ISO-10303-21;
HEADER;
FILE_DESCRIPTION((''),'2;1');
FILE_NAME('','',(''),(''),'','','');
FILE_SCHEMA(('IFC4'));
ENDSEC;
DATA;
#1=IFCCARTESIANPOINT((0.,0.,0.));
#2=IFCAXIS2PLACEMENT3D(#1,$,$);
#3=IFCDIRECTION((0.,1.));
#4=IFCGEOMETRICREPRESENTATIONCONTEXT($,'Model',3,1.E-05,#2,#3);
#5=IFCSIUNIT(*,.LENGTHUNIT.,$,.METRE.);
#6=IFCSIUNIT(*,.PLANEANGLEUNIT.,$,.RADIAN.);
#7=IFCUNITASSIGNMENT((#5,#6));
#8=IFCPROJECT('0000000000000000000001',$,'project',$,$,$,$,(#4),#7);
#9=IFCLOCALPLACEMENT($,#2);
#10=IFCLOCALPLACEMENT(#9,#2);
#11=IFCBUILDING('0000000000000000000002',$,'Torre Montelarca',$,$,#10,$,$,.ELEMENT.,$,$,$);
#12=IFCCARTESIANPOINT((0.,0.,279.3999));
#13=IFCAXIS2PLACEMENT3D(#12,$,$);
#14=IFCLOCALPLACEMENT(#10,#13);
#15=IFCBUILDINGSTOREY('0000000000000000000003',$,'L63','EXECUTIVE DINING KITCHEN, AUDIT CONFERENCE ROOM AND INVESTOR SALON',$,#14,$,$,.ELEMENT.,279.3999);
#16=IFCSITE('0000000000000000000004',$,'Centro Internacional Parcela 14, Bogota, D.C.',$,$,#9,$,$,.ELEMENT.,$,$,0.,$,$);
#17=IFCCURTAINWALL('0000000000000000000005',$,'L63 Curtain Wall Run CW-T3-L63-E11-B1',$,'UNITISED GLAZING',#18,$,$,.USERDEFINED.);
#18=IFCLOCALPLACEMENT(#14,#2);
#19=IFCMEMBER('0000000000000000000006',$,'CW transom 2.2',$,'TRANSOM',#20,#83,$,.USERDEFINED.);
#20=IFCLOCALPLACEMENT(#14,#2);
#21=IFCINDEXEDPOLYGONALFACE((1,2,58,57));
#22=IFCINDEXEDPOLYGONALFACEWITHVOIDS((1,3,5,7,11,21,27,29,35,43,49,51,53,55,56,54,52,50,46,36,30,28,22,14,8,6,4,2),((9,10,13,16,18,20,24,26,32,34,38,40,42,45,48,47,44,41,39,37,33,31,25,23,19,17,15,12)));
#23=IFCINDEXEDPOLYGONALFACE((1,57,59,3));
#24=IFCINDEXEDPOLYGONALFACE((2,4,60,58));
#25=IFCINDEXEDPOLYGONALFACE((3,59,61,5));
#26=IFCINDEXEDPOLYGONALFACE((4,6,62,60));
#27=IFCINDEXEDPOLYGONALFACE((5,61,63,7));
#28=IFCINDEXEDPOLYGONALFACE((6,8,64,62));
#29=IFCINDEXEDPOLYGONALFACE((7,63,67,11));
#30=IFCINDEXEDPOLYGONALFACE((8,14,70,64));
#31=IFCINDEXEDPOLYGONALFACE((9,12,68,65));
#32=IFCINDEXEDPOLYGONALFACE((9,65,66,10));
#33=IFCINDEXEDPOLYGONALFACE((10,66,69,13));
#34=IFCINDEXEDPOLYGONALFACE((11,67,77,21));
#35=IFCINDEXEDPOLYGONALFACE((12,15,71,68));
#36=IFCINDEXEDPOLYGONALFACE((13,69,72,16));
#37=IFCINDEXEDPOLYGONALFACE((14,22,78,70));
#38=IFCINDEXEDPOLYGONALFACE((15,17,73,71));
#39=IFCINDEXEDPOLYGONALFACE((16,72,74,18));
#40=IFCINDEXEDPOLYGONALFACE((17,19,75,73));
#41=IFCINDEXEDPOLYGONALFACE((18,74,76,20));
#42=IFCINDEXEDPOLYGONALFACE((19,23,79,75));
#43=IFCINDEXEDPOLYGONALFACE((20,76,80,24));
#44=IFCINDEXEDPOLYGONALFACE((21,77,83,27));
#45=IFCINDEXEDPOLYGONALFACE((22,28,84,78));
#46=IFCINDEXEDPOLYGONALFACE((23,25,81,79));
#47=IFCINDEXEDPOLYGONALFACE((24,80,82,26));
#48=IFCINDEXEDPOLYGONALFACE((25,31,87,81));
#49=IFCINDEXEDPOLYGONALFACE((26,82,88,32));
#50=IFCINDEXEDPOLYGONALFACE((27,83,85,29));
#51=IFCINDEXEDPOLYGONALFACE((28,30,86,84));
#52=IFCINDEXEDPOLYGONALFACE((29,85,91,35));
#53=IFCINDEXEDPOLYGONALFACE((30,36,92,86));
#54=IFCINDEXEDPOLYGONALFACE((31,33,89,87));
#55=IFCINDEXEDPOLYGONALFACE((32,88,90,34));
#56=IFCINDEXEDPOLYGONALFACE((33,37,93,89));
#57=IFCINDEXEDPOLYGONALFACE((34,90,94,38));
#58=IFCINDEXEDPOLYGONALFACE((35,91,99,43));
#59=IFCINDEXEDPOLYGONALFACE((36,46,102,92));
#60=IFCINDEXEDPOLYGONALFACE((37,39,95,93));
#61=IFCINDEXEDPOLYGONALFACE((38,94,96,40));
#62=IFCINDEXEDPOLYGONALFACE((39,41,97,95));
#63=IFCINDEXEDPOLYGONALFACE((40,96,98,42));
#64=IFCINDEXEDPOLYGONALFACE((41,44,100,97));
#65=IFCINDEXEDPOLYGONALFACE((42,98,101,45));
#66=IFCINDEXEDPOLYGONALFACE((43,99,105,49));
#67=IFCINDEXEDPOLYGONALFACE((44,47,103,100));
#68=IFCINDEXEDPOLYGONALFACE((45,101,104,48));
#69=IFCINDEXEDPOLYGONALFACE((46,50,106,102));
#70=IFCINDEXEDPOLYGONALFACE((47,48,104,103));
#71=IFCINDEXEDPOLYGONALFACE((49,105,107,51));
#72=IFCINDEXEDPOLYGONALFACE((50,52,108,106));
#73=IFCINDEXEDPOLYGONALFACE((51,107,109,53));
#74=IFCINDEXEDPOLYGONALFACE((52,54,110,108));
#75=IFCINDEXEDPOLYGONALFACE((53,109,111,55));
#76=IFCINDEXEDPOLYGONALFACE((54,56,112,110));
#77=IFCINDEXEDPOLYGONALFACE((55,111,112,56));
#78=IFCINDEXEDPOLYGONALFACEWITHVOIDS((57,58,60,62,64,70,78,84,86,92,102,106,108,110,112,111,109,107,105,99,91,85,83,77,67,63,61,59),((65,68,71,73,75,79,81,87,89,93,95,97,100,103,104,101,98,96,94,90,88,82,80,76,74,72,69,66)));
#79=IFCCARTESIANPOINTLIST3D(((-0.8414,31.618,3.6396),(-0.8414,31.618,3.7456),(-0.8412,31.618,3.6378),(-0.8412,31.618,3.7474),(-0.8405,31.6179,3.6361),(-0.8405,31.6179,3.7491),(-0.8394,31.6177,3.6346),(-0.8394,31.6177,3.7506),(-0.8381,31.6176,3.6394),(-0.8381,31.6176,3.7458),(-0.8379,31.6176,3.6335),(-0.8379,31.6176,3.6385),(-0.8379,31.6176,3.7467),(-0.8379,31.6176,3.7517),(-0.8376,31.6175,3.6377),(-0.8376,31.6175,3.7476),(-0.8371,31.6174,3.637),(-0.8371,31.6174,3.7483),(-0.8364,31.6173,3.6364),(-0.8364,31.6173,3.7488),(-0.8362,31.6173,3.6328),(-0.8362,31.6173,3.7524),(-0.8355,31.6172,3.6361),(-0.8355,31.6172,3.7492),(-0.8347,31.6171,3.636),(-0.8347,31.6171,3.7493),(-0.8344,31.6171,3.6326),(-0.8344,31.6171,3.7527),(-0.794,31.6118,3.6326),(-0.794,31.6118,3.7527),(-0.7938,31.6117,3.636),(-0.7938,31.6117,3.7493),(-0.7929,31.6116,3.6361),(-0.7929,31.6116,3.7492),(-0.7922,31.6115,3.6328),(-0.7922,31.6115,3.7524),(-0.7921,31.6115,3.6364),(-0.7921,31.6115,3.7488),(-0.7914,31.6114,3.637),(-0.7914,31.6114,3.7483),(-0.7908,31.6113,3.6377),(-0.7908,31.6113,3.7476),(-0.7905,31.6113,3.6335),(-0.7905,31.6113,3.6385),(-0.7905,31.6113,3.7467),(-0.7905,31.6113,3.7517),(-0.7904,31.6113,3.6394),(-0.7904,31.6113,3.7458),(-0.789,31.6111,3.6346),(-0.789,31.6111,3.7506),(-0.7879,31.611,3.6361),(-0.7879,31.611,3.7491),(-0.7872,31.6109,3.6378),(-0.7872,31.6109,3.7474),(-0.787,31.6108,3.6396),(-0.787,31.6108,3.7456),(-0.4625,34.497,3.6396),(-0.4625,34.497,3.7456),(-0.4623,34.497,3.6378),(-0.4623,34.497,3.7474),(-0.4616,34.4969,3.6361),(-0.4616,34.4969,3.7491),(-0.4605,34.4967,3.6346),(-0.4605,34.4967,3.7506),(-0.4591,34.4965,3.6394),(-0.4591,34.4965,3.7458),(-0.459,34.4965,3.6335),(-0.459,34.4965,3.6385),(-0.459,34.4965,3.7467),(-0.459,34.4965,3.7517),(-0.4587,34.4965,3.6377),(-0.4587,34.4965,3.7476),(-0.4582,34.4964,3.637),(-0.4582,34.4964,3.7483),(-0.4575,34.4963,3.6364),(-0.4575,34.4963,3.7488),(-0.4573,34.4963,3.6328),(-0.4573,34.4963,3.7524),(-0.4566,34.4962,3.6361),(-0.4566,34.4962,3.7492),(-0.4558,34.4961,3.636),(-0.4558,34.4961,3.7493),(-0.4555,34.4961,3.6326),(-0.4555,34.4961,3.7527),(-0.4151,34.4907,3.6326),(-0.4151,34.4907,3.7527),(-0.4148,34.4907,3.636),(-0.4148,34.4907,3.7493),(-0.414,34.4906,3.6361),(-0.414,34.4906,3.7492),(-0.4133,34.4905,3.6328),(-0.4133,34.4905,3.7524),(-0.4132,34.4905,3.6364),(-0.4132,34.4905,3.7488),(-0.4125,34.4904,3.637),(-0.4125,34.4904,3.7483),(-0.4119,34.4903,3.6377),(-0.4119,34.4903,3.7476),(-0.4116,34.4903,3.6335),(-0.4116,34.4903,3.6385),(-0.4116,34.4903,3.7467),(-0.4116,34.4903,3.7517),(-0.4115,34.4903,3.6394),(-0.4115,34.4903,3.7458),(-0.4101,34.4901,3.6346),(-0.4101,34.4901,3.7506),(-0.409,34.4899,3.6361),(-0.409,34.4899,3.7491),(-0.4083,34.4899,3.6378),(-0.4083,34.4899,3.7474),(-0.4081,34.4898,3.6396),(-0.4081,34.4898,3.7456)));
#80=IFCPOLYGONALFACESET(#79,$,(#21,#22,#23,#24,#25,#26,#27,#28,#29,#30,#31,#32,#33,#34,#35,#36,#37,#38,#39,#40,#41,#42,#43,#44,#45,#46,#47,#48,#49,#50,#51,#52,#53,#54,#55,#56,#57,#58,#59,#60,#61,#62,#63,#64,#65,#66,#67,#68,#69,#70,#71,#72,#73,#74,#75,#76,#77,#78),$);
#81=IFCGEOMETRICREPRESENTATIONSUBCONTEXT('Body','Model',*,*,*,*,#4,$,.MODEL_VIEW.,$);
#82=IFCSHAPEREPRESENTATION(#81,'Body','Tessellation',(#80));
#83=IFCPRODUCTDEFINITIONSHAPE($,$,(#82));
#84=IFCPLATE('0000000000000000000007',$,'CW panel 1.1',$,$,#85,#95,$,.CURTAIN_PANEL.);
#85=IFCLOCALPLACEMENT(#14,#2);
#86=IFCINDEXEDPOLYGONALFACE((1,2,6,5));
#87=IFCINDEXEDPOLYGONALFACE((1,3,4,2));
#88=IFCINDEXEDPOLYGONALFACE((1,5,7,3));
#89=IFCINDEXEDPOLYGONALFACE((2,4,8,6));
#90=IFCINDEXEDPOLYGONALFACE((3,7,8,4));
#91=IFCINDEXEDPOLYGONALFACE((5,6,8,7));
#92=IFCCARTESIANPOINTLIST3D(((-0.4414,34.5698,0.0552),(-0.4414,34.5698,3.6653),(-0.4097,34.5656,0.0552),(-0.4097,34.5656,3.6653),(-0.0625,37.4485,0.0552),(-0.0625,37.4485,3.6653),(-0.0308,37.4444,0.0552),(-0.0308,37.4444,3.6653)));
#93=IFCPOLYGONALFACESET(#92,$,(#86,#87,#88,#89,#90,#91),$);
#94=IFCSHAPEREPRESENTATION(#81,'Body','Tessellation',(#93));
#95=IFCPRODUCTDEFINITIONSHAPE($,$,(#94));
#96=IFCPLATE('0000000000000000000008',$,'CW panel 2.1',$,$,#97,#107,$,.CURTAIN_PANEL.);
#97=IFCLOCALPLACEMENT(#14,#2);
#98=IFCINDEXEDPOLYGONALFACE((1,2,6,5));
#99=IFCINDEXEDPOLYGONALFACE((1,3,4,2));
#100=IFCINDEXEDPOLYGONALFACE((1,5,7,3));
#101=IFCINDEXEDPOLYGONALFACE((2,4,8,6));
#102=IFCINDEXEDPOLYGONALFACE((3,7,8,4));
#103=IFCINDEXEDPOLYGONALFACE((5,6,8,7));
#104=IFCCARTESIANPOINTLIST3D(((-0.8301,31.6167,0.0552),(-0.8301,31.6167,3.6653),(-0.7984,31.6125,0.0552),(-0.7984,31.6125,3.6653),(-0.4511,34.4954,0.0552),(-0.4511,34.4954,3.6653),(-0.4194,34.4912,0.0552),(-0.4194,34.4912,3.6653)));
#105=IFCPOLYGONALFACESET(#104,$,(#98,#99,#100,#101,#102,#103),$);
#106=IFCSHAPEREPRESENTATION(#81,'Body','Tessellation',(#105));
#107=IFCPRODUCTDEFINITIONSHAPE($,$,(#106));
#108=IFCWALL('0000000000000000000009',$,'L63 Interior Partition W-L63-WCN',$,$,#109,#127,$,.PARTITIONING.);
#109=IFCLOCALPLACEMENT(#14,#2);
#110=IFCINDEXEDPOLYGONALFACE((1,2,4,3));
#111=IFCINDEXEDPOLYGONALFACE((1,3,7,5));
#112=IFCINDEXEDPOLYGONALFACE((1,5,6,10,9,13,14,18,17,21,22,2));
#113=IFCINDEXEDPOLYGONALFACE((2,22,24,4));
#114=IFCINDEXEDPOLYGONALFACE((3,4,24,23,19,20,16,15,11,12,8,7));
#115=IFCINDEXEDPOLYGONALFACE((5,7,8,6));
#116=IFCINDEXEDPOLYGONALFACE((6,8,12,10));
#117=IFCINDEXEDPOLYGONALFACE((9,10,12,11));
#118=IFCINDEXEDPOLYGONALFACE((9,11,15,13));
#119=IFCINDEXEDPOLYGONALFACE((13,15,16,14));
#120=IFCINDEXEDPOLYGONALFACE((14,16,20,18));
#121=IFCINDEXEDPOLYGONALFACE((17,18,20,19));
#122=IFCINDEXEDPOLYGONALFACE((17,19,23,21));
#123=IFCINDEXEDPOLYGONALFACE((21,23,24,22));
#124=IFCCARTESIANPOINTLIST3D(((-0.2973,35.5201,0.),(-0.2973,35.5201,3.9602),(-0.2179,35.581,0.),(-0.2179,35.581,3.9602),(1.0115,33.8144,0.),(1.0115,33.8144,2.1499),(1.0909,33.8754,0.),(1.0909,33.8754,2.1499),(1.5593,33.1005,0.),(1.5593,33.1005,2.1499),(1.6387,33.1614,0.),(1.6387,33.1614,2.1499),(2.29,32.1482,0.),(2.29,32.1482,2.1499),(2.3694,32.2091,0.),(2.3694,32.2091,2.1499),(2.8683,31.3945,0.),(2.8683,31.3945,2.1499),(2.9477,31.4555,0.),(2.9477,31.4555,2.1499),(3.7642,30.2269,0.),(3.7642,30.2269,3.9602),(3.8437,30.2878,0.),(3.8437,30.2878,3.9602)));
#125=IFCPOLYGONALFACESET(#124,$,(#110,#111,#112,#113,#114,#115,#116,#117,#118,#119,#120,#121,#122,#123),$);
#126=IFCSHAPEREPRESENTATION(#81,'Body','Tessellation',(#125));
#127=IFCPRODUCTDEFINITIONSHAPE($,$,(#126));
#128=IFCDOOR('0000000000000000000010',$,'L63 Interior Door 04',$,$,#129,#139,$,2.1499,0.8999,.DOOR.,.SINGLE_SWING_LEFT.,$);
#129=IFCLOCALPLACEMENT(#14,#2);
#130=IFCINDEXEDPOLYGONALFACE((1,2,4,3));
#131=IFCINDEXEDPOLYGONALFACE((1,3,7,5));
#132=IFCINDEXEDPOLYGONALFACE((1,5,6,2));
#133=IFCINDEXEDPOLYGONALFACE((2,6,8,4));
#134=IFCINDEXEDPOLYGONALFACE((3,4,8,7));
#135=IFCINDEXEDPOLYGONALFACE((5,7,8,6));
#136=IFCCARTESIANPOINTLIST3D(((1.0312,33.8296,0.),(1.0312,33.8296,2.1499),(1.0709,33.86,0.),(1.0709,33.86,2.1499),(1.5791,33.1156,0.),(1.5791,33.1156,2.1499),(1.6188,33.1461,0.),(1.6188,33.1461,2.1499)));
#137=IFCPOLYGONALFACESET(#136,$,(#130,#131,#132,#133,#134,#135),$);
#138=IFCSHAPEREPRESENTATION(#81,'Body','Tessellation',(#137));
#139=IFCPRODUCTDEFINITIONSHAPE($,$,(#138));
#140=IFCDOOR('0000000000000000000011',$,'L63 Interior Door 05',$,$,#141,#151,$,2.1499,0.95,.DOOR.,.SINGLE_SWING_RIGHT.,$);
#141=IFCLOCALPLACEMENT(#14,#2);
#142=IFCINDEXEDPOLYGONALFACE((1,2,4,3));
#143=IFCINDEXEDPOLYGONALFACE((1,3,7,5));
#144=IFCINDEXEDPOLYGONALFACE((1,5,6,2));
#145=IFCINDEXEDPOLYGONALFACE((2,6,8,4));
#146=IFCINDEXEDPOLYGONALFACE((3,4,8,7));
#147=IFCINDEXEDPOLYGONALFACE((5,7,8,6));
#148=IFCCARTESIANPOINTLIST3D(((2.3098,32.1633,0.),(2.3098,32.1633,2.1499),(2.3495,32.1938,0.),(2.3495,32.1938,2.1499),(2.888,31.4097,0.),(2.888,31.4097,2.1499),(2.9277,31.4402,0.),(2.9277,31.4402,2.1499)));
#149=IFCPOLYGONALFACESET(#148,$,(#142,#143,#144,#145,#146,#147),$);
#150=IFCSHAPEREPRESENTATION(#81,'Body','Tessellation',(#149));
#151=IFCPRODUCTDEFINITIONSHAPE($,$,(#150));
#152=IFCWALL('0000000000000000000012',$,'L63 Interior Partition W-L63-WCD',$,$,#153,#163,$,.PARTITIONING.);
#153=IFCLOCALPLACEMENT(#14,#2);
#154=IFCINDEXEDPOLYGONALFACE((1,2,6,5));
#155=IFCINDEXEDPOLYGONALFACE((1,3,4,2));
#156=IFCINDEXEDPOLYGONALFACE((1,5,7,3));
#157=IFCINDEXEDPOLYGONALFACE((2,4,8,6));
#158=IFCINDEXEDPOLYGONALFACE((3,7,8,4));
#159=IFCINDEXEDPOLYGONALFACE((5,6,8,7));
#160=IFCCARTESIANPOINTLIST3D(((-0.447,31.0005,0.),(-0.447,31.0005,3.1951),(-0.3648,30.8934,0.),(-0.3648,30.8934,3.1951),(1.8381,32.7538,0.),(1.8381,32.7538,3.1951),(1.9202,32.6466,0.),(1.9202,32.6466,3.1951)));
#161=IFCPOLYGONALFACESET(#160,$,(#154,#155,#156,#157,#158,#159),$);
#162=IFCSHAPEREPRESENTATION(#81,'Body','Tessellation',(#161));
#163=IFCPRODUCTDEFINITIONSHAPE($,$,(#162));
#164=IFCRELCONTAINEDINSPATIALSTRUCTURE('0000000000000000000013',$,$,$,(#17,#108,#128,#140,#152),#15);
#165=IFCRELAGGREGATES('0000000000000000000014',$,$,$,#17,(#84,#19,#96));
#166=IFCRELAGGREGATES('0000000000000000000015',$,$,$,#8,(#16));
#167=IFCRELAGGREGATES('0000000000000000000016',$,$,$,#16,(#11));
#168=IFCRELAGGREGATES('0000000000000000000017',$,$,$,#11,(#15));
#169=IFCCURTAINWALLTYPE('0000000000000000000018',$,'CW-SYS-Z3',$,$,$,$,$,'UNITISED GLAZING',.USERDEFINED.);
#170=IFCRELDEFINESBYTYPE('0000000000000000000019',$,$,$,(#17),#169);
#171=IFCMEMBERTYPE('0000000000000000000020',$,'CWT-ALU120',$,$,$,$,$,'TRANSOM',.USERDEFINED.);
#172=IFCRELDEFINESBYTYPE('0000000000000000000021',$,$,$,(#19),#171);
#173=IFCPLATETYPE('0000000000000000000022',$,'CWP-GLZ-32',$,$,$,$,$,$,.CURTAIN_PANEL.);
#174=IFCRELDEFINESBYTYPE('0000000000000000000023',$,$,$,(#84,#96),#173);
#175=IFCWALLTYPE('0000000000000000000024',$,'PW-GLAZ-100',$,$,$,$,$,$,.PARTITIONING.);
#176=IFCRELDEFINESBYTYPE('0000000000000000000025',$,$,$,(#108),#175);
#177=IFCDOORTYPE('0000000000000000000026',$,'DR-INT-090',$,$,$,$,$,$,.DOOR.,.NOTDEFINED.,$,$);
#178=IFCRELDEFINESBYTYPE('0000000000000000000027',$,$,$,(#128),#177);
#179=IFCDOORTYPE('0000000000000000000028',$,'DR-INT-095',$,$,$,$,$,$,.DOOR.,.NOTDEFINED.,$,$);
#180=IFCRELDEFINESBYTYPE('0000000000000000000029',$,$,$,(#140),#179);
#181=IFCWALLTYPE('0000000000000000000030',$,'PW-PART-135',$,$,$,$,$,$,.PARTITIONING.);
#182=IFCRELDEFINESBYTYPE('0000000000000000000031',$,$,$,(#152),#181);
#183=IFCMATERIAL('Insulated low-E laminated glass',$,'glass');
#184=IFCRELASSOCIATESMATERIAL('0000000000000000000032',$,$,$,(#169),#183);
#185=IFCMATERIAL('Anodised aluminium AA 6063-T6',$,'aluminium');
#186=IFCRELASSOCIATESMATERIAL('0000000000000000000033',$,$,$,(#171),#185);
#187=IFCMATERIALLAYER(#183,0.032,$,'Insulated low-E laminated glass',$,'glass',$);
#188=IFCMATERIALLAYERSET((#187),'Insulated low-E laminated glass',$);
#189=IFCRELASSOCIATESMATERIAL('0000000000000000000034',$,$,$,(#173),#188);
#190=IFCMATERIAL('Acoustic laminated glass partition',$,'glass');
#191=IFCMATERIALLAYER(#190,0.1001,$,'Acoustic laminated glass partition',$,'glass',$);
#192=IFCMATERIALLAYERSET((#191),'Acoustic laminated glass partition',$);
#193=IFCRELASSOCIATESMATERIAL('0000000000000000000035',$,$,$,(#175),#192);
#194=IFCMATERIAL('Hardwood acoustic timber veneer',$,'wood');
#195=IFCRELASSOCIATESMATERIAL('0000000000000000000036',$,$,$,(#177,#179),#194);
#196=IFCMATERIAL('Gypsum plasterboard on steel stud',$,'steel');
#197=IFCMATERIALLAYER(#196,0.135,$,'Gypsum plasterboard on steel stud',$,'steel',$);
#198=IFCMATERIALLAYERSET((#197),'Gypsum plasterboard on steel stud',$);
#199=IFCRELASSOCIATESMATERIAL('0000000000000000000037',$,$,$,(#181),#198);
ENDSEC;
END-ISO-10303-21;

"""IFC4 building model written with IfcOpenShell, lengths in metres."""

from ifc_helpers import new_model, si_unit, direction, frame, frame_2d, origin, origin_2d, place, context, subcontext, project, spatial, rectangle, hollow_rectangle, extrude, source, transform, mapped, material, layer, layer_set, material_profile, profile_set, type_object, element, fill, aggregate, save


model = new_model("IFC4")

# Units and contexts
model_context = context("Model", 3, precision=1e-05, world=origin(), true_north=direction((0.0, 1.0)))
body_context = subcontext(model_context, "Body", "Model", "MODEL_VIEW")
ifc_project = project(units=[si_unit("LENGTHUNIT", "METRE"), si_unit("PLANEANGLEUNIT", "RADIAN")], contexts=[model_context])

# Site, building, storey
site_placement = place(None, origin())
site = spatial("IfcSite", under=ifc_project, at=site_placement, Name="Centro Internacional Parcela 14, Bogota, D.C.", CompositionType="ELEMENT", RefElevation=0.0)
building_placement = place(site_placement, origin())
building = spatial("IfcBuilding", under=site, at=building_placement, Name="Torre Montelarca", CompositionType="ELEMENT")
storey_placement = place(building_placement, frame((0.0, 0.0, 279.3999)))
storey = spatial("IfcBuildingStorey", under=building, at=storey_placement, Name="L63", Description="EXECUTIVE DINING KITCHEN, AUDIT CONFERENCE ROOM AND INVESTOR SALON", CompositionType="ELEMENT", Elevation=279.3999)

# Shared definitions
ifc_material_1 = material(Name="Insulated low-E laminated glass", Category="glass")
curtain_wall_type = type_object("IfcCurtainWallType", Name="CW-SYS-Z3", ElementType="UNITISED GLAZING", PredefinedType="USERDEFINED", material=ifc_material_1)
ifc_material_2 = material(Name="Anodised aluminium AA 6063-T6", Category="aluminium")

# Curtain wall, member, plates
curtain_wall_1_placement = place(storey_placement, origin())
curtain_wall_1 = element("IfcCurtainWall", 1, at=curtain_wall_1_placement, inside=storey, type_object=curtain_wall_type, Name="L63 Curtain Wall Run CW-T3-L63-E11-B1", ObjectType="UNITISED GLAZING", PredefinedType="USERDEFINED")
ifc_material_profile_1 = material_profile(ifc_material_2, hollow_rectangle(XDim=0.0549, YDim=0.1201, WallThickness=0.0034, InnerFilletRadius=0.0034, OuterFilletRadius=0.0071, at=origin_2d()), Name="ALU55X120X3.5", Category="aluminium")
ifc_profile_set_1 = profile_set([ifc_material_profile_1], Name="Anodised aluminium AA 6063-T6")
member_type_1 = type_object("IfcMemberType", Name="CWT-ALU120", ElementType="TRANSOM", PredefinedType="USERDEFINED", material=ifc_profile_set_1)
shared_shape_1 = source(origin(), body_context, "Body", "SweptSolid", [
    extrude(hollow_rectangle(XDim=0.0549, YDim=0.1201, WallThickness=0.0034, InnerFilletRadius=0.0034, OuterFilletRadius=0.0071, at=origin_2d()), origin(), (0.0, 0.0, 1.0), 2.9038),
])
member_1_placement = place(storey_placement, frame((-0.4353, 34.4934, 3.6926), z_axis=(-0.130489, -0.99145, 0.0), x_axis=(0.99145, -0.130489, 0.0)))
member_1 = element("IfcMember", 2, at=member_1_placement, type_object=member_type_1, Name="CW transom 2.2", ObjectType="TRANSOM", PredefinedType="USERDEFINED", context=body_context, shape_type="MappedRepresentation", body=[
    mapped(shared_shape_1, transform((0.0, 0.0, 0.0), scale=1.0)),
])
ifc_layer_1 = layer(ifc_material_1, 0.032, Name="Insulated low-E laminated glass", Category="glass")
ifc_layer_set_1 = layer_set([ifc_layer_1], Name="Insulated low-E laminated glass")
plate_type = type_object("IfcPlateType", Name="CWP-GLZ-32", PredefinedType="CURTAIN_PANEL", material=ifc_layer_set_1)
shared_shape_2 = source(origin(), body_context, "Body", "SweptSolid", [
    extrude(rectangle(XDim=2.9036, YDim=0.032, at=origin_2d()), origin(), (0.0, 0.0, 1.0), 3.6101),
])
plate_1_placement = place(storey_placement, frame((-0.2361, 36.0071, 0.0552), z_axis=(0.0, 0.0, 1.0), x_axis=(-0.130514, -0.991446, 0.0)))
plate_1 = element("IfcPlate", 3, at=plate_1_placement, type_object=plate_type, Name="CW panel 1.1", PredefinedType="CURTAIN_PANEL", context=body_context, shape_type="MappedRepresentation", body=[
    mapped(shared_shape_2, transform((0.0, 0.0, 0.0), scale=1.0)),
])
plate_2_placement = place(storey_placement, frame((-0.6248, 33.054, 0.0552), z_axis=(0.0, 0.0, 1.0), x_axis=(-0.130514, -0.991446, 0.0)))
plate_2 = element("IfcPlate", 4, at=plate_2_placement, type_object=plate_type, Name="CW panel 2.1", PredefinedType="CURTAIN_PANEL", context=body_context, shape_type="MappedRepresentation", body=[
    mapped(shared_shape_2, transform((0.0, 0.0, 0.0), scale=1.0)),
])
aggregate(curtain_wall_1, [plate_1, member_1, plate_2])

# Wall, openings, doors
ifc_material_3 = material(Name="Acoustic laminated glass partition", Category="glass")
ifc_layer_2 = layer(ifc_material_3, 0.1001, Name="Acoustic laminated glass partition", Category="glass")
ifc_layer_set_2 = layer_set([ifc_layer_2], Name="Acoustic laminated glass partition")
wall_type_1 = type_object("IfcWallType", Name="PW-GLAZ-100", PredefinedType="PARTITIONING", material=ifc_layer_set_2)
wall_1_placement = place(storey_placement, frame((-0.2576, 35.5505, 0.0), z_axis=(0.0, 0.0, 1.0), x_axis=(0.608752, -0.793361, 0.0)))
wall_1 = element("IfcWall", 5, at=wall_1_placement, inside=storey, type_object=wall_type_1, Name="L63 Interior Partition W-L63-WCN", PredefinedType="PARTITIONING", context=body_context, shape_type="SweptSolid", body=[
    extrude(rectangle(XDim=6.6719, YDim=0.1001, at=frame_2d((3.3359, 0.0))), origin(), (0.0, 0.0, 1.0), 3.9602),
])
opening_1_placement = place(wall_1_placement, frame((2.1499, 0.0, 0.0)))
opening_1 = element("IfcOpeningElement", 6, at=opening_1_placement, cuts=wall_1, PredefinedType="OPENING", context=body_context, shape_type="SweptSolid", body=[
    extrude(rectangle(XDim=0.8999, YDim=2.1499, at=frame_2d((0.45, 1.075))), frame((0.0, 0.0601, 0.0), z_axis=(0.0, -1.0, 0.0), x_axis=(1.0, 0.0, 0.0)), (0.0, 0.0, 1.0), 0.1201),
])
opening_2_placement = place(wall_1_placement, frame((4.25, 0.0, 0.0)))
opening_2 = element("IfcOpeningElement", 7, at=opening_2_placement, cuts=wall_1, PredefinedType="OPENING", context=body_context, shape_type="SweptSolid", body=[
    extrude(rectangle(XDim=0.95, YDim=2.1499, at=frame_2d((0.4751, 1.075))), frame((0.0, 0.0601, 0.0), z_axis=(0.0, -1.0, 0.0), x_axis=(1.0, 0.0, 0.0)), (0.0, 0.0, 1.0), 0.1201),
])
ifc_material_4 = material(Name="Hardwood acoustic timber veneer", Category="wood")
door_type_1 = type_object("IfcDoorType", Name="DR-INT-090", OperationType="NOTDEFINED", PredefinedType="DOOR", material=ifc_material_4)
shared_shape_3 = source(origin(), body_context, "Body", "SweptSolid", [
    extrude(rectangle(XDim=0.8999, YDim=2.1499, at=frame_2d((0.45, 1.075))), frame((0.0, 0.0249, 0.0), z_axis=(0.0, -1.0, 0.0), x_axis=(1.0, 0.0, 0.0)), (0.0, 0.0, 1.0), 0.05),
])
door_1_placement = place(opening_1_placement, origin())
door_1 = element("IfcDoor", 8, at=door_1_placement, inside=storey, type_object=door_type_1, Name="L63 Interior Door 04", OperationType="SINGLE_SWING_LEFT", OverallHeight=2.1499, OverallWidth=0.8999, PredefinedType="DOOR", context=body_context, shape_type="MappedRepresentation", body=[
    mapped(shared_shape_3, transform((0.0, 0.0, 0.0), scale=1.0)),
])
fill(opening_1, door_1)
door_type_2 = type_object("IfcDoorType", Name="DR-INT-095", OperationType="NOTDEFINED", PredefinedType="DOOR", material=ifc_material_4)
shared_shape_4 = source(origin(), body_context, "Body", "SweptSolid", [
    extrude(rectangle(XDim=0.95, YDim=2.1499, at=frame_2d((0.4751, 1.075))), frame((0.0, 0.0249, 0.0), z_axis=(0.0, -1.0, 0.0), x_axis=(1.0, 0.0, 0.0)), (0.0, 0.0, 1.0), 0.05),
])
door_2_placement = place(opening_2_placement, origin())
door_2 = element("IfcDoor", 9, at=door_2_placement, inside=storey, type_object=door_type_2, Name="L63 Interior Door 05", OperationType="SINGLE_SWING_RIGHT", OverallHeight=2.1499, OverallWidth=0.95, PredefinedType="DOOR", context=body_context, shape_type="MappedRepresentation", body=[
    mapped(shared_shape_4, transform((0.0, 0.0, 0.0), scale=1.0)),
])
fill(opening_2, door_2)

# Wall
ifc_material_5 = material(Name="Gypsum plasterboard on steel stud", Category="steel")
ifc_layer_3 = layer(ifc_material_5, 0.135, Name="Gypsum plasterboard on steel stud", Category="steel")
ifc_layer_set_3 = layer_set([ifc_layer_3], Name="Gypsum plasterboard on steel stud")
wall_type_2 = type_object("IfcWallType", Name="PW-PART-135", PredefinedType="PARTITIONING", material=ifc_layer_set_3)
wall_2_placement = place(storey_placement, frame((-0.4058, 30.947, 0.0), z_axis=(0.0, 0.0, 1.0), x_axis=(0.79337, 0.608739, 0.0)))
element("IfcWall", 10, at=wall_2_placement, inside=storey, type_object=wall_type_2, Name="L63 Interior Partition W-L63-WCD", PredefinedType="PARTITIONING", context=body_context, shape_type="SweptSolid", body=[
    extrude(rectangle(XDim=2.8801, YDim=0.135, at=frame_2d((1.4399, 0.0))), origin(), (0.0, 0.0, 1.0), 3.1951),
])

save(model, "model.ifc")
